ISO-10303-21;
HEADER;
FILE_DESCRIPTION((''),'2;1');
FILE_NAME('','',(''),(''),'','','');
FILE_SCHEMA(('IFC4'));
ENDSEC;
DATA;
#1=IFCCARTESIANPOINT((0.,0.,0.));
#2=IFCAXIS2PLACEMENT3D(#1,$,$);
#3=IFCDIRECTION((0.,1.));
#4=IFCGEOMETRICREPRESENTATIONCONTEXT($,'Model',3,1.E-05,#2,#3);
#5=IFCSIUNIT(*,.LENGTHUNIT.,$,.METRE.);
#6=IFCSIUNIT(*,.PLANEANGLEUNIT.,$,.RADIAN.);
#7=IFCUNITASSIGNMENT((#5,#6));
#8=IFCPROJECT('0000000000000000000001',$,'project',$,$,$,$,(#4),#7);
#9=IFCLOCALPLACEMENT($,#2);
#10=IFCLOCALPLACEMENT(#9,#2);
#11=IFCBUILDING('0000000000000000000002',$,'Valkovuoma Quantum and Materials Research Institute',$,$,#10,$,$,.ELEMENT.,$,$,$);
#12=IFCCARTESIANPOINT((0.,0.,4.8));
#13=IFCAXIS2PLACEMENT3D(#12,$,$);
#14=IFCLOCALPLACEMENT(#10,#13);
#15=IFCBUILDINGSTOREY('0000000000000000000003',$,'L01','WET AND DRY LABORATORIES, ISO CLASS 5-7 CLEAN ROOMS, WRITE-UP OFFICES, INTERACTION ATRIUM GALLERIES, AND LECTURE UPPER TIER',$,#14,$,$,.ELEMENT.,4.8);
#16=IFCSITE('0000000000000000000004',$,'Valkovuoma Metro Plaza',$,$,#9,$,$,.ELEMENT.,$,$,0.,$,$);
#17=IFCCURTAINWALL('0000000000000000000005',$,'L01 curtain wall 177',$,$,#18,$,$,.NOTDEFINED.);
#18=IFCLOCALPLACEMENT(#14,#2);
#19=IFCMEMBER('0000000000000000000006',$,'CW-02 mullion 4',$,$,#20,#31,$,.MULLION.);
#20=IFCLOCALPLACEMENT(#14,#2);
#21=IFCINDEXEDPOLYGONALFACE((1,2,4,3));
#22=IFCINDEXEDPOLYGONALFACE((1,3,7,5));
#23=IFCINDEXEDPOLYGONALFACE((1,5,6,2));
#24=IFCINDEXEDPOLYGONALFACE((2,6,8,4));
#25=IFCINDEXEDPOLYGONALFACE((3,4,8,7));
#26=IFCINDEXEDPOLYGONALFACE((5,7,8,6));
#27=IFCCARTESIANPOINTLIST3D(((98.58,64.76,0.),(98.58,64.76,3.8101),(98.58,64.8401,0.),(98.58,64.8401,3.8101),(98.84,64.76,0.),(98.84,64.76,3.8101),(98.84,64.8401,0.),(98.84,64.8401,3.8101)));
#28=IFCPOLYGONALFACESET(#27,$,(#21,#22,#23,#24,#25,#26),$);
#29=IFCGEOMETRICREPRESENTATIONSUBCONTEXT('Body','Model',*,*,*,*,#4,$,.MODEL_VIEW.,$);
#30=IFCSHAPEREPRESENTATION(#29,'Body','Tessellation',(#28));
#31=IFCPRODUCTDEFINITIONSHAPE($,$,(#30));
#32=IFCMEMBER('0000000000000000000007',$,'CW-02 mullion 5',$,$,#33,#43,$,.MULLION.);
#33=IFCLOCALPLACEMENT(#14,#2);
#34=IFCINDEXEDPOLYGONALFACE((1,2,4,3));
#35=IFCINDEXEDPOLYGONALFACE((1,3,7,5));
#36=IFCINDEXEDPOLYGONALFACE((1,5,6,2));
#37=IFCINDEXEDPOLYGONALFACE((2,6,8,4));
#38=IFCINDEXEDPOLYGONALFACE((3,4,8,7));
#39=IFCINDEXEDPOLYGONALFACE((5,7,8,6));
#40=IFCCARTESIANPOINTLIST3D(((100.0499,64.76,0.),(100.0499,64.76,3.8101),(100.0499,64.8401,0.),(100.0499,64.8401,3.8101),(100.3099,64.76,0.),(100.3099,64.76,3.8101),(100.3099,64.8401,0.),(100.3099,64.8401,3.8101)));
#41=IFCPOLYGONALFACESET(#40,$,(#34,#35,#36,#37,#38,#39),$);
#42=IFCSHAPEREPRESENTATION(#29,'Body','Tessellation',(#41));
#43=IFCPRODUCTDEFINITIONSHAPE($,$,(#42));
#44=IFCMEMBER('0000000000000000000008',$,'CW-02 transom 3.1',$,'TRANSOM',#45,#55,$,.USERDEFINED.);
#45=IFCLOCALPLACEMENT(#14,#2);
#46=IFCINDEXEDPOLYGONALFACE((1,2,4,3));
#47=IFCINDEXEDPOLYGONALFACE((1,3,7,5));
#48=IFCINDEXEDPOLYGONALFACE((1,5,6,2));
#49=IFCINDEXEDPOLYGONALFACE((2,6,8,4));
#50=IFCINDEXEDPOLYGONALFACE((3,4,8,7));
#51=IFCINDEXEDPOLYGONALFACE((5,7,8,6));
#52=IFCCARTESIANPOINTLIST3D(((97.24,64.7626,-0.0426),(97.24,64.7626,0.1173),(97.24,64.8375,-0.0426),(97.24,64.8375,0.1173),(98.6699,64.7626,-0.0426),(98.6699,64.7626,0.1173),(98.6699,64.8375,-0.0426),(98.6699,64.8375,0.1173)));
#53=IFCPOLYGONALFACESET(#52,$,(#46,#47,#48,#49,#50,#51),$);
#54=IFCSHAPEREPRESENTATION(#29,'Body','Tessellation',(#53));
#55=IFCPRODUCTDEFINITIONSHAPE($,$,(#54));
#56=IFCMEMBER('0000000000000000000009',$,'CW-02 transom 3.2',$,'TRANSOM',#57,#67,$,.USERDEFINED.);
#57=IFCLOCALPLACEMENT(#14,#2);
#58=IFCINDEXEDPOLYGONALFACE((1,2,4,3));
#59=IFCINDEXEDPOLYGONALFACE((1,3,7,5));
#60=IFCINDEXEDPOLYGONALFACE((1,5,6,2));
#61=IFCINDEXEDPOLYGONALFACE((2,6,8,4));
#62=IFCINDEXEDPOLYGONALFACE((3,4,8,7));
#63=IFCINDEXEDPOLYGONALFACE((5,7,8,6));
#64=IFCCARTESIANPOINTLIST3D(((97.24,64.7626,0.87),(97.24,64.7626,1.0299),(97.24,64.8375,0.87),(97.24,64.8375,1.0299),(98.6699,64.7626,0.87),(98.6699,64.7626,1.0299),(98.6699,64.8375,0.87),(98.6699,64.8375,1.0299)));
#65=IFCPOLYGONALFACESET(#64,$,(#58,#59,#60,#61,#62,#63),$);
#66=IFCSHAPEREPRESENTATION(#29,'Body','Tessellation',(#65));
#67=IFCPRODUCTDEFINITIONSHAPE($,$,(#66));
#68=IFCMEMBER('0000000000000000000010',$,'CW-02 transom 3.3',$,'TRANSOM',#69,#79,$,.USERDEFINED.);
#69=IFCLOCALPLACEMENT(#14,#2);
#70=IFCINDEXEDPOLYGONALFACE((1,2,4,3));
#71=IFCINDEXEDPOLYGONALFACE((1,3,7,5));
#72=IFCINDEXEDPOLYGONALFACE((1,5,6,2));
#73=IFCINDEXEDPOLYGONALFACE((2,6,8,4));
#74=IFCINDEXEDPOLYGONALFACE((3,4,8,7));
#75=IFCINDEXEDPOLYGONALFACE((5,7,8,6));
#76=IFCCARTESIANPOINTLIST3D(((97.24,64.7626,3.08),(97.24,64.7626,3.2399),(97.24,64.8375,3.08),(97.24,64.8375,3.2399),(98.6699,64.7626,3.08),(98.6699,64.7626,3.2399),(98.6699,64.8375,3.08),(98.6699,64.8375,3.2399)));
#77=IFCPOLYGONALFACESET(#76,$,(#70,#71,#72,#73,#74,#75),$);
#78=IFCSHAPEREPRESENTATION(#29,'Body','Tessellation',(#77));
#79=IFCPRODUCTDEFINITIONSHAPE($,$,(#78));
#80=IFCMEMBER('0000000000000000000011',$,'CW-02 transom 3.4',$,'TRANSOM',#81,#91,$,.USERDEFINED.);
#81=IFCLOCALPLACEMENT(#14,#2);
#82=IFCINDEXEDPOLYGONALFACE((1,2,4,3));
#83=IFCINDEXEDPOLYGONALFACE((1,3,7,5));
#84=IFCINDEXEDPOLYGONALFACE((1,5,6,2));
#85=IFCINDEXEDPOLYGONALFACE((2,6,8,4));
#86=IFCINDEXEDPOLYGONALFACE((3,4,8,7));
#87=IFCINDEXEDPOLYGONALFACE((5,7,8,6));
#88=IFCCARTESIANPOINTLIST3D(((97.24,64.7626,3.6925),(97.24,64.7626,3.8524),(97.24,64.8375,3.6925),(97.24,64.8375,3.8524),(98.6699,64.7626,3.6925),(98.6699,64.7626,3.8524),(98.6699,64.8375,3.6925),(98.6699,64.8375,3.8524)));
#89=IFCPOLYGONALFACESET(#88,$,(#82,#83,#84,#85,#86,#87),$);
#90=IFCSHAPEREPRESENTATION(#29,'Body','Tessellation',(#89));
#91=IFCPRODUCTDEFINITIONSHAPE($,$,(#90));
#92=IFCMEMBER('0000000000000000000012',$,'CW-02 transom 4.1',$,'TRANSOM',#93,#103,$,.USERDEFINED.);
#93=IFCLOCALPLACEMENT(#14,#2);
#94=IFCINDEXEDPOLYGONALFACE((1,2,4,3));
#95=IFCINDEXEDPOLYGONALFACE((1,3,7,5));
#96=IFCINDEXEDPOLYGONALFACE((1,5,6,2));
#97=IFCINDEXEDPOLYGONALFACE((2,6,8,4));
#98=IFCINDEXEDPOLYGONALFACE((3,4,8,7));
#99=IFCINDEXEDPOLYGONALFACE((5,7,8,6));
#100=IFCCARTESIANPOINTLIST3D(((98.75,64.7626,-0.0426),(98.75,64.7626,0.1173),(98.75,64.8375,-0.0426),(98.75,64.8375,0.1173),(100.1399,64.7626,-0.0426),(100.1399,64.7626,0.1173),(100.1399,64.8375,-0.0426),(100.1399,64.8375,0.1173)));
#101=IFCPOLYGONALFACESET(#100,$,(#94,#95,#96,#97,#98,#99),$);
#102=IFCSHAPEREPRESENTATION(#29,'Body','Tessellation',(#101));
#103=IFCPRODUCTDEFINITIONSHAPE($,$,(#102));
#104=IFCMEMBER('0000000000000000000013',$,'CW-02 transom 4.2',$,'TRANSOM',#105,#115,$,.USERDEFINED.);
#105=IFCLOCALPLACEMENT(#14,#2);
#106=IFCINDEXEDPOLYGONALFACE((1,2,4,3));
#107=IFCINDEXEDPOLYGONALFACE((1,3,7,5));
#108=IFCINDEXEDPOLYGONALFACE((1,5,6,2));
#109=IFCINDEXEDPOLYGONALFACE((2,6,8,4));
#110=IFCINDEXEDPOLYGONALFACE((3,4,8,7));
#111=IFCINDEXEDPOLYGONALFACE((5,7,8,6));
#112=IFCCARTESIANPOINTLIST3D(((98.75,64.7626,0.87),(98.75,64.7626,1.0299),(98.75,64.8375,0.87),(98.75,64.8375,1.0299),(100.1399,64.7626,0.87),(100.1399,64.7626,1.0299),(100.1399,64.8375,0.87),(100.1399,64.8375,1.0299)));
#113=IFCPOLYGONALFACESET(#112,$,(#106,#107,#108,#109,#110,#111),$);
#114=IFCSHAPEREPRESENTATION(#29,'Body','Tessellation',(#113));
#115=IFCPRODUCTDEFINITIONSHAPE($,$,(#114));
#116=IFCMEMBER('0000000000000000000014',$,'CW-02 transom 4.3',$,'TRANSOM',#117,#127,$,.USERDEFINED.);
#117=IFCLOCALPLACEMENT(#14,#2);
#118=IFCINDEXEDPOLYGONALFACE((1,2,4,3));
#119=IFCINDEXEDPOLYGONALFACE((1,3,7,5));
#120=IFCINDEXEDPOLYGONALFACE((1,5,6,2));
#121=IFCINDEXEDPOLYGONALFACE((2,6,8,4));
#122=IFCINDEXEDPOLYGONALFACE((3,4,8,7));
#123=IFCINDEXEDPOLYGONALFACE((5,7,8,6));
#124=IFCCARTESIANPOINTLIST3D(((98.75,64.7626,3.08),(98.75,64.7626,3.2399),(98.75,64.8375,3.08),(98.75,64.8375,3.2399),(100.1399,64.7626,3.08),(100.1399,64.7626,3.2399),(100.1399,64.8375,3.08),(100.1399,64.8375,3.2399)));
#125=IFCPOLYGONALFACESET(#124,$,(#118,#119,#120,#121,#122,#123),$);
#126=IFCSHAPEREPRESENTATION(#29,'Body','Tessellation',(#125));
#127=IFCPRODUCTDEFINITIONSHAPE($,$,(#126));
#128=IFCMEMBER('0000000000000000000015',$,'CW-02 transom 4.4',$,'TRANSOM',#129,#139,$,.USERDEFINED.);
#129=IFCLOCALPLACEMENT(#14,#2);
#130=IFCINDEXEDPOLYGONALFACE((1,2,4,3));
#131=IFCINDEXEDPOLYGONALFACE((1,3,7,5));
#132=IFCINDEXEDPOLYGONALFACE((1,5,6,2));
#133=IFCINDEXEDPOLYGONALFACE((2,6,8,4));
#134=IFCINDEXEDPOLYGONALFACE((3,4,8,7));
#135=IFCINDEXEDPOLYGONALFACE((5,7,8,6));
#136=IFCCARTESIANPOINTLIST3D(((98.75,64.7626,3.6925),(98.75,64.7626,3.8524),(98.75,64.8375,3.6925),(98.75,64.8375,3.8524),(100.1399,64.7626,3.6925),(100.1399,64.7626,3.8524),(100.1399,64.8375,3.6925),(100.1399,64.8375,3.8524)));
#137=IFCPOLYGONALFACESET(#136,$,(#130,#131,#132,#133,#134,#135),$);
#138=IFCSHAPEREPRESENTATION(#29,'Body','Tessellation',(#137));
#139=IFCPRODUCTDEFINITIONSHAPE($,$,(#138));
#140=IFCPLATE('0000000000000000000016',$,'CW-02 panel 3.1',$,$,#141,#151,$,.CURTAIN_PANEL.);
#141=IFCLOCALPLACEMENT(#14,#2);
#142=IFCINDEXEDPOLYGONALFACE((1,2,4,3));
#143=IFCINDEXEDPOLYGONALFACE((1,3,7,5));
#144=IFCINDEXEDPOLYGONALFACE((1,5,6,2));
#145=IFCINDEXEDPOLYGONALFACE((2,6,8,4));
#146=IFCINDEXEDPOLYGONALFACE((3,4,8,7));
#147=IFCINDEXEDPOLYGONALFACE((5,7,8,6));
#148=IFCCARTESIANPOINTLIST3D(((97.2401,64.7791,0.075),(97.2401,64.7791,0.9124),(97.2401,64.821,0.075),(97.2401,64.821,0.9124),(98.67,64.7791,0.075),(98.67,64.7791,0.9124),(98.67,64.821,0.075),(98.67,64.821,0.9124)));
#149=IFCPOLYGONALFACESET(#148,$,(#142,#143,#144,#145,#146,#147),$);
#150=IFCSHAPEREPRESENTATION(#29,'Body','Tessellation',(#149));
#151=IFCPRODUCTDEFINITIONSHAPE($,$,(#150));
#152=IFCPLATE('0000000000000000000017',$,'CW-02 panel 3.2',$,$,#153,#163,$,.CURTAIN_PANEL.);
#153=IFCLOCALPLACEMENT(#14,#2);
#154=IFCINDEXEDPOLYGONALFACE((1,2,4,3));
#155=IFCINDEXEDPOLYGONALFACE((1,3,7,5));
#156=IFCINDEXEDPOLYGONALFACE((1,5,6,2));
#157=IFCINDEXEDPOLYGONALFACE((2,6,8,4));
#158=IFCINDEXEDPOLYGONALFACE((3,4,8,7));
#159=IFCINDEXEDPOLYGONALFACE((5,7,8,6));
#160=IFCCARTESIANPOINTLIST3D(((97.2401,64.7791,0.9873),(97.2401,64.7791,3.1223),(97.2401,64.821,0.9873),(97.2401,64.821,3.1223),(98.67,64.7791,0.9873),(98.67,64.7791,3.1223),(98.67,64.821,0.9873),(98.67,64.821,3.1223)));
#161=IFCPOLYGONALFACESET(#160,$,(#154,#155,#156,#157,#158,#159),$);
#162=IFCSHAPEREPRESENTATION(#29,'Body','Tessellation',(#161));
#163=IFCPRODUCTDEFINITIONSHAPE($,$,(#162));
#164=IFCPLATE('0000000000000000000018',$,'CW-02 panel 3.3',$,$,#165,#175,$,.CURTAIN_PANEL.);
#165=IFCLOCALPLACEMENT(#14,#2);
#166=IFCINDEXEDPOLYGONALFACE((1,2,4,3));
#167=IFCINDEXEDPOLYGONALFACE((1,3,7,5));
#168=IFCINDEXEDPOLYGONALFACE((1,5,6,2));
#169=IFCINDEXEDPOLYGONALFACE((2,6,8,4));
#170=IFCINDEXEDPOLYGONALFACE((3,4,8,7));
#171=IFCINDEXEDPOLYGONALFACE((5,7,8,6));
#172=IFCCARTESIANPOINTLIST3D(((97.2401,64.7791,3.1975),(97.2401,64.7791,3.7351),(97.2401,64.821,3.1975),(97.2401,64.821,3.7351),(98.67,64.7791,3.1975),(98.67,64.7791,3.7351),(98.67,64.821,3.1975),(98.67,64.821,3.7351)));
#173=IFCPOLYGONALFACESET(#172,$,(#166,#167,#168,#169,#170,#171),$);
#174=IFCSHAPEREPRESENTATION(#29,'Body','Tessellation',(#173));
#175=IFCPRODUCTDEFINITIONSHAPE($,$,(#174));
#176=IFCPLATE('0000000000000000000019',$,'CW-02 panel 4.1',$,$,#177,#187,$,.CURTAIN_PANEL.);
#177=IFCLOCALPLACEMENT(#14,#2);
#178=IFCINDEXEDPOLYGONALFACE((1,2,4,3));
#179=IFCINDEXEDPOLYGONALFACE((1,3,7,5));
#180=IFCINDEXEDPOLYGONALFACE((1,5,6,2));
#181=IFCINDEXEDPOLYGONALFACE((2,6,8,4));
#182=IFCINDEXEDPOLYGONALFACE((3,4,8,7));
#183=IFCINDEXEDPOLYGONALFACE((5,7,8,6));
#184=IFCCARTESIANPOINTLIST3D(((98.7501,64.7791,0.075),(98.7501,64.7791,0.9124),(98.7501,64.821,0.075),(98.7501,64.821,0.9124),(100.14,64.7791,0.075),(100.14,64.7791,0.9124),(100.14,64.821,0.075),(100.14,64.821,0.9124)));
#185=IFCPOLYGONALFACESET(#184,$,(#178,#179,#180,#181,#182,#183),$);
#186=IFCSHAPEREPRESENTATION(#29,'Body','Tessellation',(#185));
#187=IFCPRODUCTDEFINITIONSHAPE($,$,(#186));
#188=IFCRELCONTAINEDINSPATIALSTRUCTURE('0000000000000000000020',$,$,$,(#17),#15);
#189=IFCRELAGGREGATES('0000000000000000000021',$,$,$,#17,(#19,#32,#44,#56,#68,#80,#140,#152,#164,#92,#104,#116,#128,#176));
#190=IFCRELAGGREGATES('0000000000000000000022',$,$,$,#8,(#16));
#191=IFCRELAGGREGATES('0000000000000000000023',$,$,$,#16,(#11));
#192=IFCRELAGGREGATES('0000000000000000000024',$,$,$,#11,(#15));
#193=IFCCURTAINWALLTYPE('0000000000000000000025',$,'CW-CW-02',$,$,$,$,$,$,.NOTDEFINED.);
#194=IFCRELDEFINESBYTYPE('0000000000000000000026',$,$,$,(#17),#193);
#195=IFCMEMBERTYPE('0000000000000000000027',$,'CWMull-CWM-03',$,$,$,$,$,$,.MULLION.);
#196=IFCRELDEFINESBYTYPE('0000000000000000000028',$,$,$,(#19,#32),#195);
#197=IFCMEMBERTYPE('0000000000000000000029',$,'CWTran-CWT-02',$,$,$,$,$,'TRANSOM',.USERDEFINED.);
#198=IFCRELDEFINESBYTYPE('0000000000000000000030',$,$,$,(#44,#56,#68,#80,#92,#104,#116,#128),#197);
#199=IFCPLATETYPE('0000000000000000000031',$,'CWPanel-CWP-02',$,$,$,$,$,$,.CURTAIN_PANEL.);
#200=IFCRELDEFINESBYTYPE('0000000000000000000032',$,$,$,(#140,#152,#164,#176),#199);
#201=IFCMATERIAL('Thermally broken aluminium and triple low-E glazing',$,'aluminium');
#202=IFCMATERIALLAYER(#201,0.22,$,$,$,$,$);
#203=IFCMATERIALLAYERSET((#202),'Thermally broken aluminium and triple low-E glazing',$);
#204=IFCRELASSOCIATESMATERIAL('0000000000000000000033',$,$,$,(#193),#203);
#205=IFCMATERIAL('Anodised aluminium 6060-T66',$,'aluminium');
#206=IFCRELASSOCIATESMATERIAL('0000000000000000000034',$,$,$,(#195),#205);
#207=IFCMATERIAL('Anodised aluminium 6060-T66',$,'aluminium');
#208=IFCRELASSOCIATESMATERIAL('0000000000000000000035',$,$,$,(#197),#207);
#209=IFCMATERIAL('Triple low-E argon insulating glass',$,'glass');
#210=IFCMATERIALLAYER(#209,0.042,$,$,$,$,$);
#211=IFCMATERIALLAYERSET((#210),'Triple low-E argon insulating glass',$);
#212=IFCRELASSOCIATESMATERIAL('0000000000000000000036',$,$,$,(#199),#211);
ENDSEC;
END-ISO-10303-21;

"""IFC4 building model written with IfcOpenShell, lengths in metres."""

from ifc_helpers import new_model, si_unit, direction, frame, origin, origin_2d, place, context, subcontext, project, spatial, rectangle, extrude, material, layer, layer_set, material_profile, profile_set, type_object, element, aggregate, save


model = new_model("IFC4")

# Units and contexts
model_context = context("Model", 3, precision=1e-05, world=origin(), true_north=direction((0.0, 1.0)))
body_context = subcontext(model_context, "Body", "Model", "MODEL_VIEW")
ifc_project = project(units=[si_unit("LENGTHUNIT", "METRE"), si_unit("PLANEANGLEUNIT", "RADIAN")], contexts=[model_context])

# Site, building, storey
site_placement = place(None, origin())
site = spatial("IfcSite", under=ifc_project, at=site_placement, Name="Valkovuoma Metro Plaza", CompositionType="ELEMENT", RefElevation=0.0)
building_placement = place(site_placement, origin())
building = spatial("IfcBuilding", under=site, at=building_placement, Name="Valkovuoma Quantum and Materials Research Institute", CompositionType="ELEMENT")
storey_placement = place(building_placement, frame((0.0, 0.0, 4.8)))
storey = spatial("IfcBuildingStorey", under=building, at=storey_placement, Name="L01", Description="WET AND DRY LABORATORIES, ISO CLASS 5-7 CLEAN ROOMS, WRITE-UP OFFICES, INTERACTION ATRIUM GALLERIES, AND LECTURE UPPER TIER", CompositionType="ELEMENT", Elevation=4.8)

# Curtain wall, members, plates
ifc_material_1 = material(Name="Thermally broken aluminium and triple low-E glazing", Category="aluminium")
ifc_layer_1 = layer(ifc_material_1, 0.22)
ifc_layer_set_1 = layer_set([ifc_layer_1], Name="Thermally broken aluminium and triple low-E glazing")
curtain_wall_type = type_object("IfcCurtainWallType", Name="CW-CW-02", PredefinedType="NOTDEFINED", material=ifc_layer_set_1)
curtain_wall_placement = place(storey_placement, origin())
curtain_wall = element("IfcCurtainWall", 1, at=curtain_wall_placement, inside=storey, type_object=curtain_wall_type, Name="L01 curtain wall 177", PredefinedType="NOTDEFINED")
ifc_material_2 = material(Name="Anodised aluminium 6060-T66", Category="aluminium")
ifc_material_profile_1 = material_profile(ifc_material_2, rectangle(XDim=0.0801, YDim=0.26, at=origin_2d()), Name="Anodised aluminium 6060-T66")
ifc_profile_set_1 = profile_set([ifc_material_profile_1], Name="Anodised aluminium 6060-T66")
member_type_1 = type_object("IfcMemberType", Name="CWMull-CWM-03", PredefinedType="MULLION", material=ifc_profile_set_1)
member_1_placement = place(storey_placement, frame((98.71, 64.8, 0.0), z_axis=(0.0, 0.0, 1.0), x_axis=(0.0, 1.0, 0.0)))
member_1 = element("IfcMember", 2, at=member_1_placement, type_object=member_type_1, Name="CW-02 mullion 4", PredefinedType="MULLION", context=body_context, shape_type="SweptSolid", body=[
    extrude(rectangle(XDim=0.0801, YDim=0.26, at=origin_2d()), origin(), (0.0, 0.0, 1.0), 3.8101),
])
member_2_placement = place(storey_placement, frame((100.1799, 64.8, 0.0), z_axis=(0.0, 0.0, 1.0), x_axis=(0.0, 1.0, 0.0)))
member_2 = element("IfcMember", 3, at=member_2_placement, type_object=member_type_1, Name="CW-02 mullion 5", PredefinedType="MULLION", context=body_context, shape_type="SweptSolid", body=[
    extrude(rectangle(XDim=0.0801, YDim=0.26, at=origin_2d()), origin(), (0.0, 0.0, 1.0), 3.8101),
])
ifc_material_3 = material(Name="Anodised aluminium 6060-T66", Category="aluminium")
ifc_material_profile_2 = material_profile(ifc_material_3, rectangle(XDim=0.075, YDim=0.1599, at=origin_2d()), Name="Anodised aluminium 6060-T66")
ifc_profile_set_2 = profile_set([ifc_material_profile_2], Name="Anodised aluminium 6060-T66")
member_type_2 = type_object("IfcMemberType", Name="CWTran-CWT-02", ElementType="TRANSOM", PredefinedType="USERDEFINED", material=ifc_profile_set_2)
member_3_placement = place(storey_placement, frame((97.24, 64.8, 0.0374), z_axis=(1.0, 0.0, 0.0), x_axis=(0.0, 1.0, 0.0)))
member_3 = element("IfcMember", 4, at=member_3_placement, type_object=member_type_2, Name="CW-02 transom 3.1", ObjectType="TRANSOM", PredefinedType="USERDEFINED", context=body_context, shape_type="SweptSolid", body=[
    extrude(rectangle(XDim=0.075, YDim=0.1599, at=origin_2d()), origin(), (0.0, 0.0, 1.0), 1.4299),
])
member_4_placement = place(storey_placement, frame((97.24, 64.8, 0.95), z_axis=(1.0, 0.0, 0.0), x_axis=(0.0, 1.0, 0.0)))
member_4 = element("IfcMember", 5, at=member_4_placement, type_object=member_type_2, Name="CW-02 transom 3.2", ObjectType="TRANSOM", PredefinedType="USERDEFINED", context=body_context, shape_type="SweptSolid", body=[
    extrude(rectangle(XDim=0.075, YDim=0.1599, at=origin_2d()), origin(), (0.0, 0.0, 1.0), 1.4299),
])
member_5_placement = place(storey_placement, frame((97.24, 64.8, 3.1599), z_axis=(1.0, 0.0, 0.0), x_axis=(0.0, 1.0, 0.0)))
member_5 = element("IfcMember", 6, at=member_5_placement, type_object=member_type_2, Name="CW-02 transom 3.3", ObjectType="TRANSOM", PredefinedType="USERDEFINED", context=body_context, shape_type="SweptSolid", body=[
    extrude(rectangle(XDim=0.075, YDim=0.1599, at=origin_2d()), origin(), (0.0, 0.0, 1.0), 1.4299),
])
member_6_placement = place(storey_placement, frame((97.24, 64.8, 3.7725), z_axis=(1.0, 0.0, 0.0), x_axis=(0.0, 1.0, 0.0)))
member_6 = element("IfcMember", 7, at=member_6_placement, type_object=member_type_2, Name="CW-02 transom 3.4", ObjectType="TRANSOM", PredefinedType="USERDEFINED", context=body_context, shape_type="SweptSolid", body=[
    extrude(rectangle(XDim=0.075, YDim=0.1599, at=origin_2d()), origin(), (0.0, 0.0, 1.0), 1.4299),
])
member_7_placement = place(storey_placement, frame((98.75, 64.8, 0.0374), z_axis=(1.0, 0.0, 0.0), x_axis=(0.0, 1.0, 0.0)))
member_7 = element("IfcMember", 8, at=member_7_placement, type_object=member_type_2, Name="CW-02 transom 4.1", ObjectType="TRANSOM", PredefinedType="USERDEFINED", context=body_context, shape_type="SweptSolid", body=[
    extrude(rectangle(XDim=0.075, YDim=0.1599, at=origin_2d()), origin(), (0.0, 0.0, 1.0), 1.3899),
])
member_8_placement = place(storey_placement, frame((98.75, 64.8, 0.95), z_axis=(1.0, 0.0, 0.0), x_axis=(0.0, 1.0, 0.0)))
member_8 = element("IfcMember", 9, at=member_8_placement, type_object=member_type_2, Name="CW-02 transom 4.2", ObjectType="TRANSOM", PredefinedType="USERDEFINED", context=body_context, shape_type="SweptSolid", body=[
    extrude(rectangle(XDim=0.075, YDim=0.1599, at=origin_2d()), origin(), (0.0, 0.0, 1.0), 1.3899),
])
member_9_placement = place(storey_placement, frame((98.75, 64.8, 3.1599), z_axis=(1.0, 0.0, 0.0), x_axis=(0.0, 1.0, 0.0)))
member_9 = element("IfcMember", 10, at=member_9_placement, type_object=member_type_2, Name="CW-02 transom 4.3", ObjectType="TRANSOM", PredefinedType="USERDEFINED", context=body_context, shape_type="SweptSolid", body=[
    extrude(rectangle(XDim=0.075, YDim=0.1599, at=origin_2d()), origin(), (0.0, 0.0, 1.0), 1.3899),
])
member_10_placement = place(storey_placement, frame((98.75, 64.8, 3.7725), z_axis=(1.0, 0.0, 0.0), x_axis=(0.0, 1.0, 0.0)))
member_10 = element("IfcMember", 11, at=member_10_placement, type_object=member_type_2, Name="CW-02 transom 4.4", ObjectType="TRANSOM", PredefinedType="USERDEFINED", context=body_context, shape_type="SweptSolid", body=[
    extrude(rectangle(XDim=0.075, YDim=0.1599, at=origin_2d()), origin(), (0.0, 0.0, 1.0), 1.3899),
])
ifc_material_4 = material(Name="Triple low-E argon insulating glass", Category="glass")
ifc_layer_2 = layer(ifc_material_4, 0.042)
ifc_layer_set_2 = layer_set([ifc_layer_2], Name="Triple low-E argon insulating glass")
plate_type = type_object("IfcPlateType", Name="CWPanel-CWP-02", PredefinedType="CURTAIN_PANEL", material=ifc_layer_set_2)
plate_1_placement = place(storey_placement, frame((97.9551, 64.8, 0.075), z_axis=(0.0, 0.0, 1.0), x_axis=(1.0, 0.0, 0.0)))
plate_1 = element("IfcPlate", 12, at=plate_1_placement, type_object=plate_type, Name="CW-02 panel 3.1", PredefinedType="CURTAIN_PANEL", context=body_context, shape_type="SweptSolid", body=[
    extrude(rectangle(XDim=1.4299, YDim=0.042, at=origin_2d()), origin(), (0.0, 0.0, 1.0), 0.8374),
])
plate_2_placement = place(storey_placement, frame((97.9551, 64.8, 0.9873), z_axis=(0.0, 0.0, 1.0), x_axis=(1.0, 0.0, 0.0)))
plate_2 = element("IfcPlate", 13, at=plate_2_placement, type_object=plate_type, Name="CW-02 panel 3.2", PredefinedType="CURTAIN_PANEL", context=body_context, shape_type="SweptSolid", body=[
    extrude(rectangle(XDim=1.4299, YDim=0.042, at=origin_2d()), origin(), (0.0, 0.0, 1.0), 2.135),
])
plate_3_placement = place(storey_placement, frame((97.9551, 64.8, 3.1975), z_axis=(0.0, 0.0, 1.0), x_axis=(1.0, 0.0, 0.0)))
plate_3 = element("IfcPlate", 14, at=plate_3_placement, type_object=plate_type, Name="CW-02 panel 3.3", PredefinedType="CURTAIN_PANEL", context=body_context, shape_type="SweptSolid", body=[
    extrude(rectangle(XDim=1.4299, YDim=0.042, at=origin_2d()), origin(), (0.0, 0.0, 1.0), 0.5376),
])
plate_4_placement = place(storey_placement, frame((99.4451, 64.8, 0.075), z_axis=(0.0, 0.0, 1.0), x_axis=(1.0, 0.0, 0.0)))
plate_4 = element("IfcPlate", 15, at=plate_4_placement, type_object=plate_type, Name="CW-02 panel 4.1", PredefinedType="CURTAIN_PANEL", context=body_context, shape_type="SweptSolid", body=[
    extrude(rectangle(XDim=1.3899, YDim=0.042, at=origin_2d()), origin(), (0.0, 0.0, 1.0), 0.8374),
])
aggregate(curtain_wall, [member_1, member_2, member_3, member_4, member_5, member_6, plate_1, plate_2, plate_3, member_7, member_8, member_9, member_10, plate_4])

save(model, "model.ifc")
